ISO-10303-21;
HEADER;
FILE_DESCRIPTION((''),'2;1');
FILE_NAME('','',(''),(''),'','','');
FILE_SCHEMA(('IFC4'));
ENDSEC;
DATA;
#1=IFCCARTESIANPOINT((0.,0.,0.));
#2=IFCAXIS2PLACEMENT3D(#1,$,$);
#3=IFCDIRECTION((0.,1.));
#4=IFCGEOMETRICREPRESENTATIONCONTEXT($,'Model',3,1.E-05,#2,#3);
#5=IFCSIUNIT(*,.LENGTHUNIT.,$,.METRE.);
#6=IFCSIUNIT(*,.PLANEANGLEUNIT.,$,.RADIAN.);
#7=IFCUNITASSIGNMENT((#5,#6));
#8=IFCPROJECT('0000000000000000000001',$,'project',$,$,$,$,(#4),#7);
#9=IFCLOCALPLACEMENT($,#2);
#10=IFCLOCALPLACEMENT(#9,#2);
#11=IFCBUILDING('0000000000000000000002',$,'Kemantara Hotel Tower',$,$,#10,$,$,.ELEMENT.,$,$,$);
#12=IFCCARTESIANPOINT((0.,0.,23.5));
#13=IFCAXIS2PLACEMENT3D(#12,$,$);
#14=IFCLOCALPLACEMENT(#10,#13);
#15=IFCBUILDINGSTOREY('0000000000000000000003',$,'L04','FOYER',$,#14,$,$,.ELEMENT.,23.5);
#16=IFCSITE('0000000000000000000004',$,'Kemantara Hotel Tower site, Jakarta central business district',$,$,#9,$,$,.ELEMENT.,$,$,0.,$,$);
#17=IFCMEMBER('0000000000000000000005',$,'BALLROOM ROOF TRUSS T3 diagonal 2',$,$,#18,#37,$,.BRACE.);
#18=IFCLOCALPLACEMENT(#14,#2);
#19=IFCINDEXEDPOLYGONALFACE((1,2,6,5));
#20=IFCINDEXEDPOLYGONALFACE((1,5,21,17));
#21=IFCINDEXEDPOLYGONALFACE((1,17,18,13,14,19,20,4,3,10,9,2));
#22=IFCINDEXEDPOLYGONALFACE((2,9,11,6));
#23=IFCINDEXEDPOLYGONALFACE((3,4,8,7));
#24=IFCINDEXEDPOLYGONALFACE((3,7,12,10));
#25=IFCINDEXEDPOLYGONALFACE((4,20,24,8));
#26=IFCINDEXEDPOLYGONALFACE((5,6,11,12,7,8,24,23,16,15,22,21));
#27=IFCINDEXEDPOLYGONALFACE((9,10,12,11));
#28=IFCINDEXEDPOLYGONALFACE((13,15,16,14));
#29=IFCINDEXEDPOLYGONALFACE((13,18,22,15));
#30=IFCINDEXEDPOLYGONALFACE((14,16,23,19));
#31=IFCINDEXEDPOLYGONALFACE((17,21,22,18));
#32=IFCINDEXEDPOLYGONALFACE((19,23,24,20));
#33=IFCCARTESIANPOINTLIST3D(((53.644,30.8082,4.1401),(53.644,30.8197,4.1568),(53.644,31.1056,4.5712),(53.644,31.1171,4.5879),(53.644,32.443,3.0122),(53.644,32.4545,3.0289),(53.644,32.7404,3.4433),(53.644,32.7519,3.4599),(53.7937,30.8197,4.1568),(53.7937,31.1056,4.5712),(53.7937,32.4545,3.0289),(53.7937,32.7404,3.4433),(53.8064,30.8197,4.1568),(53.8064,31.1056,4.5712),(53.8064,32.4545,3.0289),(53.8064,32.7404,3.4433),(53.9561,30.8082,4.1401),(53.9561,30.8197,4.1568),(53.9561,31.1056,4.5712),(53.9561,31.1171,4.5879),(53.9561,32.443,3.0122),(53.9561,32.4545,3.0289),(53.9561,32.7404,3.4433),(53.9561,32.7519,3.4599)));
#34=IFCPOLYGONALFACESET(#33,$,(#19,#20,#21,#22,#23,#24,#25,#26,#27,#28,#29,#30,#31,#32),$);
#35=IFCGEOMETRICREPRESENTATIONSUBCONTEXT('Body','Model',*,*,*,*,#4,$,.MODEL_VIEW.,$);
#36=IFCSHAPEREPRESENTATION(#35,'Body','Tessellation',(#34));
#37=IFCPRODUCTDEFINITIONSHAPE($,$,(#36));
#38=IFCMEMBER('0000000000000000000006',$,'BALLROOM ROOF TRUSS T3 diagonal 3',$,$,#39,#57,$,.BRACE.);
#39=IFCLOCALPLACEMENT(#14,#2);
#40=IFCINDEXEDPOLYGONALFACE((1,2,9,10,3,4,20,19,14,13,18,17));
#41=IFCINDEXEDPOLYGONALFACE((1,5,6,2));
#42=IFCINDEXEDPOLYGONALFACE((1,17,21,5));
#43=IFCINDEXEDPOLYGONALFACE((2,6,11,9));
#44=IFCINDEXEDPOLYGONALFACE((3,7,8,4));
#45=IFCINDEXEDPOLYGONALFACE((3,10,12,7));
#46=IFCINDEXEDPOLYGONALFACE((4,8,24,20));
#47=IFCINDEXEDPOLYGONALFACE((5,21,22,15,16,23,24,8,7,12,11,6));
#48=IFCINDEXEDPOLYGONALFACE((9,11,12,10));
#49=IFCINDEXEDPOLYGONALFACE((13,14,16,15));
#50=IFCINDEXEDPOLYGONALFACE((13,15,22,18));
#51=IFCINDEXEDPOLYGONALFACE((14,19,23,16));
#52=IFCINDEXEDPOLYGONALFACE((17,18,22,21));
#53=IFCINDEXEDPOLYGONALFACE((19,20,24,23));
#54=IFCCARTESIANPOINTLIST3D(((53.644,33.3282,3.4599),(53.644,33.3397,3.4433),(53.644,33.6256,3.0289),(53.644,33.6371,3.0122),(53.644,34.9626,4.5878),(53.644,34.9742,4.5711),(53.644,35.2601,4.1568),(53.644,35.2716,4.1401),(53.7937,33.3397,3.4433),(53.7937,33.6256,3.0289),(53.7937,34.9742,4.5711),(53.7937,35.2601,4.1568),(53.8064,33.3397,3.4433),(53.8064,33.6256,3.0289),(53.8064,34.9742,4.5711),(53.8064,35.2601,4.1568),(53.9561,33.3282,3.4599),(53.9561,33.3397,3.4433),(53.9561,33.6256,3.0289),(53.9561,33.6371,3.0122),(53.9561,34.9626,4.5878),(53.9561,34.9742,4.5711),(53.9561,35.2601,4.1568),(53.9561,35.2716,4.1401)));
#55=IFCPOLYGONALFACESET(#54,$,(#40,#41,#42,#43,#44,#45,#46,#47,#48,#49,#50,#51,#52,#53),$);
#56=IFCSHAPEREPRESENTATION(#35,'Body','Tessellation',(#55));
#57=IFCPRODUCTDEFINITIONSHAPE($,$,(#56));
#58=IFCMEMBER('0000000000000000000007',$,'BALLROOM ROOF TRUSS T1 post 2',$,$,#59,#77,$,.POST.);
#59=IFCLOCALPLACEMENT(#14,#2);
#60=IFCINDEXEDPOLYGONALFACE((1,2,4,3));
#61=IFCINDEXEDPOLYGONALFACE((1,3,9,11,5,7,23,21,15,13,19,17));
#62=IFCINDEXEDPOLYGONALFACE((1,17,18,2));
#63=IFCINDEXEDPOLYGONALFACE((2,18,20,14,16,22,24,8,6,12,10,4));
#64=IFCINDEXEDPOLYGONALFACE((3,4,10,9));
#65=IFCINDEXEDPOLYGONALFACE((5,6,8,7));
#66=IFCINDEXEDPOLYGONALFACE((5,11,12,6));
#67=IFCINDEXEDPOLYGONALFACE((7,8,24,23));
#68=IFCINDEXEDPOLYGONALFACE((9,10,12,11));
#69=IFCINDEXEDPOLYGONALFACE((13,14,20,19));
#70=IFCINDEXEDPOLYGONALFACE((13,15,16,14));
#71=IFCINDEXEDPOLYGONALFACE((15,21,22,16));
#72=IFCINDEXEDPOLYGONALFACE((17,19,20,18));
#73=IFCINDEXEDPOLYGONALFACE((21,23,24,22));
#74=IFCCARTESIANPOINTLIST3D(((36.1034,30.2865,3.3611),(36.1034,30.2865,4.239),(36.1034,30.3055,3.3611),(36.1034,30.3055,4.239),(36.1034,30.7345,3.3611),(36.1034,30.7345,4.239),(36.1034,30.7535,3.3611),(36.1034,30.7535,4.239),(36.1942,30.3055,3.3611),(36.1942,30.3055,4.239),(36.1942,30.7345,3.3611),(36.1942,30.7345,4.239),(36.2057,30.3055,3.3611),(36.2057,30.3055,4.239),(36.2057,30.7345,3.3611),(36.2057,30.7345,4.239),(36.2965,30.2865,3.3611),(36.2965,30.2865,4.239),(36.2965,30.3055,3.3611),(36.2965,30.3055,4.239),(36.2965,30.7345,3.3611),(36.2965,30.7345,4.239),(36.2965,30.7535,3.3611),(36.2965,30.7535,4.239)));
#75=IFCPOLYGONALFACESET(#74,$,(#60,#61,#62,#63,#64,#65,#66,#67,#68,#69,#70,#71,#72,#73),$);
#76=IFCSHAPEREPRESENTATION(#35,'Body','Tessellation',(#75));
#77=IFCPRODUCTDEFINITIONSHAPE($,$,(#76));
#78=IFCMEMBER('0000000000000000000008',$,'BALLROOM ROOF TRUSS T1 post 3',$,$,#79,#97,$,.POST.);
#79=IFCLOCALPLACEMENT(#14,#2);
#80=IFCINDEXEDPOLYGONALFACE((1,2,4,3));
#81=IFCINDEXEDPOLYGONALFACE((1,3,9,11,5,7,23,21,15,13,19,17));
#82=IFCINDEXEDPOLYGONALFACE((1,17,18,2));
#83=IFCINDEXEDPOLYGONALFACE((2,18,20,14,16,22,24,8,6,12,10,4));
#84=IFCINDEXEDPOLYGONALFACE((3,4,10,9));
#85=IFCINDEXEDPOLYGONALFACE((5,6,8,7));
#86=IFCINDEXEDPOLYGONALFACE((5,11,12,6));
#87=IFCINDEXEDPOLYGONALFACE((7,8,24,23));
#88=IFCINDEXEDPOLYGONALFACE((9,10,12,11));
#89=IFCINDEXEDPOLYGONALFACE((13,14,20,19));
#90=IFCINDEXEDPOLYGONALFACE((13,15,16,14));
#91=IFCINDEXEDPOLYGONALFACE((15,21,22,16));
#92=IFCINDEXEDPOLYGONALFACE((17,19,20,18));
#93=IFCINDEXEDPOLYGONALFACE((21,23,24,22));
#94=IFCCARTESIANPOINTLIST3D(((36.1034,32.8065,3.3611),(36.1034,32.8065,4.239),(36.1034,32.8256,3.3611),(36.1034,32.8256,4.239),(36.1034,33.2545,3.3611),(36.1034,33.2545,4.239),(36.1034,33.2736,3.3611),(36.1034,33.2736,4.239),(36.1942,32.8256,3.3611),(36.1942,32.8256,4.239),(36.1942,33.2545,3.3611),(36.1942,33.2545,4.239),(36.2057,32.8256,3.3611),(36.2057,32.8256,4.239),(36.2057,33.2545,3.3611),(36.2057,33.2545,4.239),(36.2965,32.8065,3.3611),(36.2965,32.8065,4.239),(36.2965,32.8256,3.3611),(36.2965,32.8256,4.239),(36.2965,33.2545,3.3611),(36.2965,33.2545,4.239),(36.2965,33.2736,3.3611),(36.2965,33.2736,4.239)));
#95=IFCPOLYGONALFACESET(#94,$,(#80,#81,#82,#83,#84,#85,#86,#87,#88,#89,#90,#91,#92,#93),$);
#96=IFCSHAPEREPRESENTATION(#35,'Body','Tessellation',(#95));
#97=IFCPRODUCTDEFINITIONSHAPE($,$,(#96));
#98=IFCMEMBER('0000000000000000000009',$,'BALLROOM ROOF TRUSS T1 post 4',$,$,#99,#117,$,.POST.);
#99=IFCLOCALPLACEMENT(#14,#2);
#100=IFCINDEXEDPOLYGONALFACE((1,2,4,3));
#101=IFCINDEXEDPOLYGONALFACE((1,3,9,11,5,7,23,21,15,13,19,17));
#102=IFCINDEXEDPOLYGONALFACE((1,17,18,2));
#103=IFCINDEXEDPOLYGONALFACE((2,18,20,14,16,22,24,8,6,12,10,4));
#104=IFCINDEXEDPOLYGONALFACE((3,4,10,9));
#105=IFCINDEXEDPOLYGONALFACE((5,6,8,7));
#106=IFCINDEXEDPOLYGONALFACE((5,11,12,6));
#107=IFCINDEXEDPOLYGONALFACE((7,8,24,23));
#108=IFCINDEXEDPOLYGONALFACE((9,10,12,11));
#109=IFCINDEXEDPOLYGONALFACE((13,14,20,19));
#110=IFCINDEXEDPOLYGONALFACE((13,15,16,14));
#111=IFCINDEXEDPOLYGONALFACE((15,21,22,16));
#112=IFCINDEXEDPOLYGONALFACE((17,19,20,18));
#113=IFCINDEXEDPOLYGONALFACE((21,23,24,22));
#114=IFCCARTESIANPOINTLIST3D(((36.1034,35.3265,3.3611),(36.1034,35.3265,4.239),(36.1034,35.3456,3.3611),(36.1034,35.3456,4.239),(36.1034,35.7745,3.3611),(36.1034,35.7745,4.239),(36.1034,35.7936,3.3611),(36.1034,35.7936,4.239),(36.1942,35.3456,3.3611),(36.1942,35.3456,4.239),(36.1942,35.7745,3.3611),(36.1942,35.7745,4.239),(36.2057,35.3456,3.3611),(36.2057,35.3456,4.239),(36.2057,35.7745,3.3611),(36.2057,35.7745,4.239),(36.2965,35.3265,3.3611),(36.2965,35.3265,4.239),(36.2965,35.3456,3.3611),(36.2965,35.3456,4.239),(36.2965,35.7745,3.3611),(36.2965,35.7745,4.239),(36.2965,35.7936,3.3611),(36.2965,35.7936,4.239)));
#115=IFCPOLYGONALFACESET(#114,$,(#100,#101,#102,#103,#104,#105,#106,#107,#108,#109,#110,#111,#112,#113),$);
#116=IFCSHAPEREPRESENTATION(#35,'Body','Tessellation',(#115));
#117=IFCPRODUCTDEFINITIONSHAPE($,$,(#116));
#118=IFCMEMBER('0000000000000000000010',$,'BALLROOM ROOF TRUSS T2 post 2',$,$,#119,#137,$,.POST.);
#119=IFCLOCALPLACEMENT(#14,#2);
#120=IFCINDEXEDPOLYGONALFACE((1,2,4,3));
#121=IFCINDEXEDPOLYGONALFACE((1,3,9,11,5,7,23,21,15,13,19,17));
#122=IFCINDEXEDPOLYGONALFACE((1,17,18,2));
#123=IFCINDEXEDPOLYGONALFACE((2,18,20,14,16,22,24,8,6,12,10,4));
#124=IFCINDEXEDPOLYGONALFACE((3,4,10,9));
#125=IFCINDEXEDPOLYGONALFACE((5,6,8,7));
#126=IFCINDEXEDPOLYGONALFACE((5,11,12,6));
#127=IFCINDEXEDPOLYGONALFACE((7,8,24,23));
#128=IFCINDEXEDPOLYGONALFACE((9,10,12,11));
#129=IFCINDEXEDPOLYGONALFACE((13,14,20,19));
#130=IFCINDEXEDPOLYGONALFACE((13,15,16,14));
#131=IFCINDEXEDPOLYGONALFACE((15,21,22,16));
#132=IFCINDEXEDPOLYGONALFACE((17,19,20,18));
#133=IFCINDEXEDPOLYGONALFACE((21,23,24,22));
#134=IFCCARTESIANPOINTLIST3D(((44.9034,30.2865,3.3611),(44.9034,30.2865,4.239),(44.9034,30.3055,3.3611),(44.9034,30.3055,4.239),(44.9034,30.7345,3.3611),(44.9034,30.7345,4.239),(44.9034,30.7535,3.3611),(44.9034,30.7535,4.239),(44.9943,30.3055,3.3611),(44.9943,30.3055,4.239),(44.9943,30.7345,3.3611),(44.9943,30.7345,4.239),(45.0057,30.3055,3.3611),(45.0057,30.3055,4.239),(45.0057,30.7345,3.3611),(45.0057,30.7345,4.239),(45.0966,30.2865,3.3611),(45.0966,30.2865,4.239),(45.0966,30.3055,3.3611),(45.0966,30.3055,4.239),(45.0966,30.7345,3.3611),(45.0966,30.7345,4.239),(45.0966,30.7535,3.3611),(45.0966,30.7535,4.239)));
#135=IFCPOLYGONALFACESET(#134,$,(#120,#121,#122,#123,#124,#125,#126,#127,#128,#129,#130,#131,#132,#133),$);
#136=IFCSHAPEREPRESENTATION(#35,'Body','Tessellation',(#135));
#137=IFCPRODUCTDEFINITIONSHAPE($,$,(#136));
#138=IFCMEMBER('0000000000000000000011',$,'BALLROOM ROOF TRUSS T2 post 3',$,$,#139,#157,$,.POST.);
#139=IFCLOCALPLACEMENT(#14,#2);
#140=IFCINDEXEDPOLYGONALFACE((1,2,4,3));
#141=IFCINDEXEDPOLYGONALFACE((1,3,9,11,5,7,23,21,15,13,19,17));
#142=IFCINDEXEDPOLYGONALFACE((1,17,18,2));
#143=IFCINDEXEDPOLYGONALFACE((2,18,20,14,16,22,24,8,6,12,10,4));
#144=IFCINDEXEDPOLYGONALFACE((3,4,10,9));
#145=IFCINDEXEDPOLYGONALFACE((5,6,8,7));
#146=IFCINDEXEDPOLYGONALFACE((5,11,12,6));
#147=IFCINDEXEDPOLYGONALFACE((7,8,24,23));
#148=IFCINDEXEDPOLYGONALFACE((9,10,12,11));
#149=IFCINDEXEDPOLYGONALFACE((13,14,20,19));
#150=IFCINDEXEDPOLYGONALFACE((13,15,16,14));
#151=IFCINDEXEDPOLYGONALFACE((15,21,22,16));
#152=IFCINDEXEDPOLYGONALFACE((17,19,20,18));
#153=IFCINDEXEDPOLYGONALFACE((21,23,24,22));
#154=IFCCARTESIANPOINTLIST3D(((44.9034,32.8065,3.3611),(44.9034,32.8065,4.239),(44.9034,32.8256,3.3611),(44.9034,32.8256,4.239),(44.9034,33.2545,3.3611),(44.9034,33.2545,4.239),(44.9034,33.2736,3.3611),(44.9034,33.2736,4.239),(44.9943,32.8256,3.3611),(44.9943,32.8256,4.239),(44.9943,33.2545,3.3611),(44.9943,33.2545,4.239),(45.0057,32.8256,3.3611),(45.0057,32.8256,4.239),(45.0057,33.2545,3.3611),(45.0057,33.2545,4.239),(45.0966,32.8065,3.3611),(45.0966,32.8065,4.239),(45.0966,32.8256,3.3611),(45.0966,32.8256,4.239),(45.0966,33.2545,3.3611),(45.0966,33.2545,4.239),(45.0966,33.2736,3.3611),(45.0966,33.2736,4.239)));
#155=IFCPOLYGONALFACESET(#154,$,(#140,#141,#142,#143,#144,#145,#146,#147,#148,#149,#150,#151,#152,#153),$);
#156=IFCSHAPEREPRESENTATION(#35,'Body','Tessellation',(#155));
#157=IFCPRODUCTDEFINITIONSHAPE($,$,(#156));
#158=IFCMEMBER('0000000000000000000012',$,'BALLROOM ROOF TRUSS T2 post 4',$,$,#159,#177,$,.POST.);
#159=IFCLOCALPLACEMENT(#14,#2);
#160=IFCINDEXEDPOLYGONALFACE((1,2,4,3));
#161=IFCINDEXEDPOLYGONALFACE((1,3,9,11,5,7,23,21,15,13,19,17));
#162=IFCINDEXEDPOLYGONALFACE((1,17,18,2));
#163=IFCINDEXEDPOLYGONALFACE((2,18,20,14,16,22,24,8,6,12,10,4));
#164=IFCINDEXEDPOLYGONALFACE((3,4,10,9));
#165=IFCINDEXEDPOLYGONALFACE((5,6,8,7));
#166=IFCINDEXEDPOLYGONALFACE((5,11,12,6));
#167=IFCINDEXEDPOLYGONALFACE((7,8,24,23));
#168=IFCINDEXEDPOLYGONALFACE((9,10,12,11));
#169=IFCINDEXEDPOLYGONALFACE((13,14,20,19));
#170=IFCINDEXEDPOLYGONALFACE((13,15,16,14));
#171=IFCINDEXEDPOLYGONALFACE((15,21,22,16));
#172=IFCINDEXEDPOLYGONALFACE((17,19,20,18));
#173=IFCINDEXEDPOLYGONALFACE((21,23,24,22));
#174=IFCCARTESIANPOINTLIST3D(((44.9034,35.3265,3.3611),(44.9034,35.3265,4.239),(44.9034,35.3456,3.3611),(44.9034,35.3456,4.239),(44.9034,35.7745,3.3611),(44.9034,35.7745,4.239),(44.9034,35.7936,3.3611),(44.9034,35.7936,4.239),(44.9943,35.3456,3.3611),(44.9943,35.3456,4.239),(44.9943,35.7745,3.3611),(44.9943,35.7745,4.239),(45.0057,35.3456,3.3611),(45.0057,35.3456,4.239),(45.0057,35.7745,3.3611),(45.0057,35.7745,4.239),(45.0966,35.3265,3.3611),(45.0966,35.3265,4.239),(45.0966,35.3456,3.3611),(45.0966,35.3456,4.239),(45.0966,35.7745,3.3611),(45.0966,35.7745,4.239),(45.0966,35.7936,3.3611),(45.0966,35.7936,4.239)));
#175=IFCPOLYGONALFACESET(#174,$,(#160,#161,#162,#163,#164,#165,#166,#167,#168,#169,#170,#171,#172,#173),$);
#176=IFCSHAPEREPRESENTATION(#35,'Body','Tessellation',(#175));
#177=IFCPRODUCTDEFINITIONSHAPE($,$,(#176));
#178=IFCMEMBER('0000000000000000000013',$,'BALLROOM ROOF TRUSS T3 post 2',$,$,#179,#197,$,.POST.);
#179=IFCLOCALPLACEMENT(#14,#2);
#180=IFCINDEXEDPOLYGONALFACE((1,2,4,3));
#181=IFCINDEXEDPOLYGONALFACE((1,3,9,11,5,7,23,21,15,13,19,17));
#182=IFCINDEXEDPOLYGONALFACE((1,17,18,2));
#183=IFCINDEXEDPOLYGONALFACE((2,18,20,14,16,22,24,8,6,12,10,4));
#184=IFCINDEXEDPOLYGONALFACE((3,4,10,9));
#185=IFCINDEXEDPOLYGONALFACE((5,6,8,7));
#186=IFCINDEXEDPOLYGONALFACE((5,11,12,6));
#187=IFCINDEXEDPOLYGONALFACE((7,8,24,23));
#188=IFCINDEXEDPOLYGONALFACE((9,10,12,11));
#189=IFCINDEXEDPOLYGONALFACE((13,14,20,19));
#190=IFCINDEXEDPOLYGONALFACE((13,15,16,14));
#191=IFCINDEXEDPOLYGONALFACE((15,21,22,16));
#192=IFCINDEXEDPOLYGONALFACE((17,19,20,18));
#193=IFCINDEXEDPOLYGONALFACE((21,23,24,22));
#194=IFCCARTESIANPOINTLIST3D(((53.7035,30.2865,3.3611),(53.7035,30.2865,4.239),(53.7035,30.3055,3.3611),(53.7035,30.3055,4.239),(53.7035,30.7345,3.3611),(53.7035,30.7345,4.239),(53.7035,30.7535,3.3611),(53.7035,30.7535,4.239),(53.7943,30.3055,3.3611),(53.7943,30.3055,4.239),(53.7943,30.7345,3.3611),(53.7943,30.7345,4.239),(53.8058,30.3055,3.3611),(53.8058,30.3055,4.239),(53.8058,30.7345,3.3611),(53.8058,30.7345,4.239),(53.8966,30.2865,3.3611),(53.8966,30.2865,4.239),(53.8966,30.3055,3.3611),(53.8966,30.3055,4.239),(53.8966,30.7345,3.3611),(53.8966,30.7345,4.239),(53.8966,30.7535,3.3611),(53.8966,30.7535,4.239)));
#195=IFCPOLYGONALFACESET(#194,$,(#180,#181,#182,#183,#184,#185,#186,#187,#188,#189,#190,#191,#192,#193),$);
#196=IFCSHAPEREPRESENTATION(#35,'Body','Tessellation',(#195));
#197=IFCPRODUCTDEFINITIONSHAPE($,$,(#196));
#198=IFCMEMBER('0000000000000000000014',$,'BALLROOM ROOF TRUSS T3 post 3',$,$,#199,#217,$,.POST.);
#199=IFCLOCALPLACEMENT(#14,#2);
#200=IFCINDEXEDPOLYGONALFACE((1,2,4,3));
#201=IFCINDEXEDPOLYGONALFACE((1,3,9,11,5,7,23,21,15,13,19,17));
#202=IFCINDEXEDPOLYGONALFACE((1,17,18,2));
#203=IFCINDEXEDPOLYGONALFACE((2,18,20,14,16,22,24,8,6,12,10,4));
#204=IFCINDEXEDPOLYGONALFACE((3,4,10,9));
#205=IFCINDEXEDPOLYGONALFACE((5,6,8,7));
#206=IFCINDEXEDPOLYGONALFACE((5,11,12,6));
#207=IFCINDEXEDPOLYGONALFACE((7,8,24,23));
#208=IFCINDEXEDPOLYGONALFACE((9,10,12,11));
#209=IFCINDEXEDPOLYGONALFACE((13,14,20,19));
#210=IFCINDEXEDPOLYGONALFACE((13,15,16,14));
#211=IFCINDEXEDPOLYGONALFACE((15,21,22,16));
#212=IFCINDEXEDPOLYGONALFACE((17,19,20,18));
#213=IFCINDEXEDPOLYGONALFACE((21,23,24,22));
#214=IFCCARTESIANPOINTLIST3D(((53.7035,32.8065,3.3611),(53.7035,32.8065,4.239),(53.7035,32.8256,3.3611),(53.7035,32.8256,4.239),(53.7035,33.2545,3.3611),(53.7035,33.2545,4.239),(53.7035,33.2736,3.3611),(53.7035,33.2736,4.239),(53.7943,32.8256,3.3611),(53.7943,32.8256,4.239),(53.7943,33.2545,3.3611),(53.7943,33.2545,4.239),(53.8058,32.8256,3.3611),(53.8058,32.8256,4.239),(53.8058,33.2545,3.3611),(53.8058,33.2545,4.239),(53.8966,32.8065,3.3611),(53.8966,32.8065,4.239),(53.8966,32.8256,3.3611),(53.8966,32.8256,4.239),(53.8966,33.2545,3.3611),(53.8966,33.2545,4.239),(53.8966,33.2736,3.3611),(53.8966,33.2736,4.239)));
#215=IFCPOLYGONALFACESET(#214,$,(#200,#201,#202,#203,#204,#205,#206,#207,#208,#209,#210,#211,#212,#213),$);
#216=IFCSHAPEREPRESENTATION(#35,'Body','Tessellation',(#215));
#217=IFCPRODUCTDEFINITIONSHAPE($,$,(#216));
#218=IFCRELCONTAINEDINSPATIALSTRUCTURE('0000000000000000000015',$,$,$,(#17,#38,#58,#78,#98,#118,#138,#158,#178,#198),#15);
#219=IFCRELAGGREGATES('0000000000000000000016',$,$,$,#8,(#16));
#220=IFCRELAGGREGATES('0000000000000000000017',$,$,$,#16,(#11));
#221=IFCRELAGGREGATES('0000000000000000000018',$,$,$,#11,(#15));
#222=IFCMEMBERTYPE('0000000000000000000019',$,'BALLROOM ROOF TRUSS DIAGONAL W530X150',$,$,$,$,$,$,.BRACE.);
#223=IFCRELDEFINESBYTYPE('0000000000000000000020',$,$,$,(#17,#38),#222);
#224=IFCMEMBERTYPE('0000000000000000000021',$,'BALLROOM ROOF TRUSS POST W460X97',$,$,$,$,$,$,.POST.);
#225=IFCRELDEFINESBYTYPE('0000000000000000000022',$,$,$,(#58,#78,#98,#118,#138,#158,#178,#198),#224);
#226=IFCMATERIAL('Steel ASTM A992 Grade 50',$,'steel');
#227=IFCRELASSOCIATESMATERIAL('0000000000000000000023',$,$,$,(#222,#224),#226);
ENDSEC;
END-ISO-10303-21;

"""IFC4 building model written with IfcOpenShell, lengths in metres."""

from ifc_helpers import new_model, si_unit, direction, frame, origin, origin_2d, place, context, subcontext, project, spatial, i_section, extrude, material, material_profile, profile_set, type_object, element, save


model = new_model("IFC4")

# Units and contexts
model_context = context("Model", 3, precision=1e-05, world=origin(), true_north=direction((0.0, 1.0)))
body_context = subcontext(model_context, "Body", "Model", "MODEL_VIEW")
ifc_project = project(units=[si_unit("LENGTHUNIT", "METRE"), si_unit("PLANEANGLEUNIT", "RADIAN")], contexts=[model_context])

# Site, building, storey
site_placement = place(None, origin())
site = spatial("IfcSite", under=ifc_project, at=site_placement, Name="Kemantara Hotel Tower site, Jakarta central business district", CompositionType="ELEMENT", RefElevation=0.0)
building_placement = place(site_placement, origin())
building = spatial("IfcBuilding", under=site, at=building_placement, Name="Kemantara Hotel Tower", CompositionType="ELEMENT")
storey_placement = place(building_placement, frame((0.0, 0.0, 23.5)))
storey = spatial("IfcBuildingStorey", under=building, at=storey_placement, Name="L04", Description="FOYER", CompositionType="ELEMENT", Elevation=23.5)

# Shared definitions
ifc_material_1 = material(Name="Steel ASTM A992 Grade 50", Category="steel")

# Members
ifc_material_profile_1 = material_profile(ifc_material_1, i_section(OverallWidth=0.312, OverallDepth=0.5439, WebThickness=0.0127, FlangeThickness=0.0203, at=origin_2d()), Name="W530X150")
ifc_profile_set_1 = profile_set([ifc_material_profile_1], Name="Steel ASTM A992 Grade 50")
member_type_1 = type_object("IfcMemberType", Name="BALLROOM ROOF TRUSS DIAGONAL W530X150", PredefinedType="BRACE", material=ifc_profile_set_1)
for number, where, z_axis, x_axis, name in (
    (1, (53.8, 32.5974, 3.2361), (0.0, -0.823094, 0.567905), (1.0, 0.0, 0.0), "BALLROOM ROOF TRUSS T3 diagonal 2"),
):
    element("IfcMember", number, at=place(storey_placement, frame(where, z_axis=z_axis, x_axis=x_axis)), inside=storey, type_object=member_type_1, Name=name, PredefinedType="BRACE", context=body_context, shape_type="SweptSolid", body=[
        extrude(i_section(OverallWidth=0.312, OverallDepth=0.5439, WebThickness=0.0127, FlangeThickness=0.0203, at=origin_2d()), origin(), (0.0, 0.0, 1.0), 1.9861),
    ])
member_placement = place(storey_placement, frame((53.8, 33.4827, 3.2361), z_axis=(0.0, 0.823054, 0.567963), x_axis=(-1.0, 0.0, 0.0)))
element("IfcMember", 2, at=member_placement, inside=storey, type_object=member_type_1, Name="BALLROOM ROOF TRUSS T3 diagonal 3", PredefinedType="BRACE", context=body_context, shape_type="SweptSolid", body=[
    extrude(i_section(OverallWidth=0.312, OverallDepth=0.5439, WebThickness=0.0127, FlangeThickness=0.0203, at=origin_2d()), origin(), (0.0, 0.0, 1.0), 1.9858),
])
ifc_material_profile_2 = material_profile(ifc_material_1, i_section(OverallWidth=0.1931, OverallDepth=0.467, WebThickness=0.0115, FlangeThickness=0.019, at=origin_2d()), Name="W460X97")
ifc_profile_set_2 = profile_set([ifc_material_profile_2], Name="Steel ASTM A992 Grade 50")
member_type_2 = type_object("IfcMemberType", Name="BALLROOM ROOF TRUSS POST W460X97", PredefinedType="POST", material=ifc_profile_set_2)
for number, where, z_axis, x_axis, name in (
    (3, (36.2, 30.52, 3.3611), (0.0, 0.0, 1.0), (1.0, 0.0, 0.0), "BALLROOM ROOF TRUSS T1 post 2"),
    (4, (36.2, 33.04, 3.3611), (0.0, 0.0, 1.0), (1.0, 0.0, 0.0), "BALLROOM ROOF TRUSS T1 post 3"),
    (5, (36.2, 35.5601, 3.3611), (0.0, 0.0, 1.0), (1.0, 0.0, 0.0), "BALLROOM ROOF TRUSS T1 post 4"),
    (6, (45.0, 30.52, 3.3611), (0.0, 0.0, 1.0), (1.0, 0.0, 0.0), "BALLROOM ROOF TRUSS T2 post 2"),
    (7, (45.0, 33.04, 3.3611), (0.0, 0.0, 1.0), (1.0, 0.0, 0.0), "BALLROOM ROOF TRUSS T2 post 3"),
    (8, (45.0, 35.5601, 3.3611), (0.0, 0.0, 1.0), (1.0, 0.0, 0.0), "BALLROOM ROOF TRUSS T2 post 4"),
    (9, (53.8, 30.52, 3.3611), (0.0, 0.0, 1.0), (1.0, 0.0, 0.0), "BALLROOM ROOF TRUSS T3 post 2"),
    (10, (53.8, 33.04, 3.3611), (0.0, 0.0, 1.0), (1.0, 0.0, 0.0), "BALLROOM ROOF TRUSS T3 post 3"),
):
    element("IfcMember", number, at=place(storey_placement, frame(where, z_axis=z_axis, x_axis=x_axis)), inside=storey, type_object=member_type_2, Name=name, PredefinedType="POST", context=body_context, shape_type="SweptSolid", body=[
        extrude(i_section(OverallWidth=0.1931, OverallDepth=0.467, WebThickness=0.0115, FlangeThickness=0.019, at=origin_2d()), origin(), (0.0, 0.0, 1.0), 0.8779),
    ])

save(model, "model.ifc")
